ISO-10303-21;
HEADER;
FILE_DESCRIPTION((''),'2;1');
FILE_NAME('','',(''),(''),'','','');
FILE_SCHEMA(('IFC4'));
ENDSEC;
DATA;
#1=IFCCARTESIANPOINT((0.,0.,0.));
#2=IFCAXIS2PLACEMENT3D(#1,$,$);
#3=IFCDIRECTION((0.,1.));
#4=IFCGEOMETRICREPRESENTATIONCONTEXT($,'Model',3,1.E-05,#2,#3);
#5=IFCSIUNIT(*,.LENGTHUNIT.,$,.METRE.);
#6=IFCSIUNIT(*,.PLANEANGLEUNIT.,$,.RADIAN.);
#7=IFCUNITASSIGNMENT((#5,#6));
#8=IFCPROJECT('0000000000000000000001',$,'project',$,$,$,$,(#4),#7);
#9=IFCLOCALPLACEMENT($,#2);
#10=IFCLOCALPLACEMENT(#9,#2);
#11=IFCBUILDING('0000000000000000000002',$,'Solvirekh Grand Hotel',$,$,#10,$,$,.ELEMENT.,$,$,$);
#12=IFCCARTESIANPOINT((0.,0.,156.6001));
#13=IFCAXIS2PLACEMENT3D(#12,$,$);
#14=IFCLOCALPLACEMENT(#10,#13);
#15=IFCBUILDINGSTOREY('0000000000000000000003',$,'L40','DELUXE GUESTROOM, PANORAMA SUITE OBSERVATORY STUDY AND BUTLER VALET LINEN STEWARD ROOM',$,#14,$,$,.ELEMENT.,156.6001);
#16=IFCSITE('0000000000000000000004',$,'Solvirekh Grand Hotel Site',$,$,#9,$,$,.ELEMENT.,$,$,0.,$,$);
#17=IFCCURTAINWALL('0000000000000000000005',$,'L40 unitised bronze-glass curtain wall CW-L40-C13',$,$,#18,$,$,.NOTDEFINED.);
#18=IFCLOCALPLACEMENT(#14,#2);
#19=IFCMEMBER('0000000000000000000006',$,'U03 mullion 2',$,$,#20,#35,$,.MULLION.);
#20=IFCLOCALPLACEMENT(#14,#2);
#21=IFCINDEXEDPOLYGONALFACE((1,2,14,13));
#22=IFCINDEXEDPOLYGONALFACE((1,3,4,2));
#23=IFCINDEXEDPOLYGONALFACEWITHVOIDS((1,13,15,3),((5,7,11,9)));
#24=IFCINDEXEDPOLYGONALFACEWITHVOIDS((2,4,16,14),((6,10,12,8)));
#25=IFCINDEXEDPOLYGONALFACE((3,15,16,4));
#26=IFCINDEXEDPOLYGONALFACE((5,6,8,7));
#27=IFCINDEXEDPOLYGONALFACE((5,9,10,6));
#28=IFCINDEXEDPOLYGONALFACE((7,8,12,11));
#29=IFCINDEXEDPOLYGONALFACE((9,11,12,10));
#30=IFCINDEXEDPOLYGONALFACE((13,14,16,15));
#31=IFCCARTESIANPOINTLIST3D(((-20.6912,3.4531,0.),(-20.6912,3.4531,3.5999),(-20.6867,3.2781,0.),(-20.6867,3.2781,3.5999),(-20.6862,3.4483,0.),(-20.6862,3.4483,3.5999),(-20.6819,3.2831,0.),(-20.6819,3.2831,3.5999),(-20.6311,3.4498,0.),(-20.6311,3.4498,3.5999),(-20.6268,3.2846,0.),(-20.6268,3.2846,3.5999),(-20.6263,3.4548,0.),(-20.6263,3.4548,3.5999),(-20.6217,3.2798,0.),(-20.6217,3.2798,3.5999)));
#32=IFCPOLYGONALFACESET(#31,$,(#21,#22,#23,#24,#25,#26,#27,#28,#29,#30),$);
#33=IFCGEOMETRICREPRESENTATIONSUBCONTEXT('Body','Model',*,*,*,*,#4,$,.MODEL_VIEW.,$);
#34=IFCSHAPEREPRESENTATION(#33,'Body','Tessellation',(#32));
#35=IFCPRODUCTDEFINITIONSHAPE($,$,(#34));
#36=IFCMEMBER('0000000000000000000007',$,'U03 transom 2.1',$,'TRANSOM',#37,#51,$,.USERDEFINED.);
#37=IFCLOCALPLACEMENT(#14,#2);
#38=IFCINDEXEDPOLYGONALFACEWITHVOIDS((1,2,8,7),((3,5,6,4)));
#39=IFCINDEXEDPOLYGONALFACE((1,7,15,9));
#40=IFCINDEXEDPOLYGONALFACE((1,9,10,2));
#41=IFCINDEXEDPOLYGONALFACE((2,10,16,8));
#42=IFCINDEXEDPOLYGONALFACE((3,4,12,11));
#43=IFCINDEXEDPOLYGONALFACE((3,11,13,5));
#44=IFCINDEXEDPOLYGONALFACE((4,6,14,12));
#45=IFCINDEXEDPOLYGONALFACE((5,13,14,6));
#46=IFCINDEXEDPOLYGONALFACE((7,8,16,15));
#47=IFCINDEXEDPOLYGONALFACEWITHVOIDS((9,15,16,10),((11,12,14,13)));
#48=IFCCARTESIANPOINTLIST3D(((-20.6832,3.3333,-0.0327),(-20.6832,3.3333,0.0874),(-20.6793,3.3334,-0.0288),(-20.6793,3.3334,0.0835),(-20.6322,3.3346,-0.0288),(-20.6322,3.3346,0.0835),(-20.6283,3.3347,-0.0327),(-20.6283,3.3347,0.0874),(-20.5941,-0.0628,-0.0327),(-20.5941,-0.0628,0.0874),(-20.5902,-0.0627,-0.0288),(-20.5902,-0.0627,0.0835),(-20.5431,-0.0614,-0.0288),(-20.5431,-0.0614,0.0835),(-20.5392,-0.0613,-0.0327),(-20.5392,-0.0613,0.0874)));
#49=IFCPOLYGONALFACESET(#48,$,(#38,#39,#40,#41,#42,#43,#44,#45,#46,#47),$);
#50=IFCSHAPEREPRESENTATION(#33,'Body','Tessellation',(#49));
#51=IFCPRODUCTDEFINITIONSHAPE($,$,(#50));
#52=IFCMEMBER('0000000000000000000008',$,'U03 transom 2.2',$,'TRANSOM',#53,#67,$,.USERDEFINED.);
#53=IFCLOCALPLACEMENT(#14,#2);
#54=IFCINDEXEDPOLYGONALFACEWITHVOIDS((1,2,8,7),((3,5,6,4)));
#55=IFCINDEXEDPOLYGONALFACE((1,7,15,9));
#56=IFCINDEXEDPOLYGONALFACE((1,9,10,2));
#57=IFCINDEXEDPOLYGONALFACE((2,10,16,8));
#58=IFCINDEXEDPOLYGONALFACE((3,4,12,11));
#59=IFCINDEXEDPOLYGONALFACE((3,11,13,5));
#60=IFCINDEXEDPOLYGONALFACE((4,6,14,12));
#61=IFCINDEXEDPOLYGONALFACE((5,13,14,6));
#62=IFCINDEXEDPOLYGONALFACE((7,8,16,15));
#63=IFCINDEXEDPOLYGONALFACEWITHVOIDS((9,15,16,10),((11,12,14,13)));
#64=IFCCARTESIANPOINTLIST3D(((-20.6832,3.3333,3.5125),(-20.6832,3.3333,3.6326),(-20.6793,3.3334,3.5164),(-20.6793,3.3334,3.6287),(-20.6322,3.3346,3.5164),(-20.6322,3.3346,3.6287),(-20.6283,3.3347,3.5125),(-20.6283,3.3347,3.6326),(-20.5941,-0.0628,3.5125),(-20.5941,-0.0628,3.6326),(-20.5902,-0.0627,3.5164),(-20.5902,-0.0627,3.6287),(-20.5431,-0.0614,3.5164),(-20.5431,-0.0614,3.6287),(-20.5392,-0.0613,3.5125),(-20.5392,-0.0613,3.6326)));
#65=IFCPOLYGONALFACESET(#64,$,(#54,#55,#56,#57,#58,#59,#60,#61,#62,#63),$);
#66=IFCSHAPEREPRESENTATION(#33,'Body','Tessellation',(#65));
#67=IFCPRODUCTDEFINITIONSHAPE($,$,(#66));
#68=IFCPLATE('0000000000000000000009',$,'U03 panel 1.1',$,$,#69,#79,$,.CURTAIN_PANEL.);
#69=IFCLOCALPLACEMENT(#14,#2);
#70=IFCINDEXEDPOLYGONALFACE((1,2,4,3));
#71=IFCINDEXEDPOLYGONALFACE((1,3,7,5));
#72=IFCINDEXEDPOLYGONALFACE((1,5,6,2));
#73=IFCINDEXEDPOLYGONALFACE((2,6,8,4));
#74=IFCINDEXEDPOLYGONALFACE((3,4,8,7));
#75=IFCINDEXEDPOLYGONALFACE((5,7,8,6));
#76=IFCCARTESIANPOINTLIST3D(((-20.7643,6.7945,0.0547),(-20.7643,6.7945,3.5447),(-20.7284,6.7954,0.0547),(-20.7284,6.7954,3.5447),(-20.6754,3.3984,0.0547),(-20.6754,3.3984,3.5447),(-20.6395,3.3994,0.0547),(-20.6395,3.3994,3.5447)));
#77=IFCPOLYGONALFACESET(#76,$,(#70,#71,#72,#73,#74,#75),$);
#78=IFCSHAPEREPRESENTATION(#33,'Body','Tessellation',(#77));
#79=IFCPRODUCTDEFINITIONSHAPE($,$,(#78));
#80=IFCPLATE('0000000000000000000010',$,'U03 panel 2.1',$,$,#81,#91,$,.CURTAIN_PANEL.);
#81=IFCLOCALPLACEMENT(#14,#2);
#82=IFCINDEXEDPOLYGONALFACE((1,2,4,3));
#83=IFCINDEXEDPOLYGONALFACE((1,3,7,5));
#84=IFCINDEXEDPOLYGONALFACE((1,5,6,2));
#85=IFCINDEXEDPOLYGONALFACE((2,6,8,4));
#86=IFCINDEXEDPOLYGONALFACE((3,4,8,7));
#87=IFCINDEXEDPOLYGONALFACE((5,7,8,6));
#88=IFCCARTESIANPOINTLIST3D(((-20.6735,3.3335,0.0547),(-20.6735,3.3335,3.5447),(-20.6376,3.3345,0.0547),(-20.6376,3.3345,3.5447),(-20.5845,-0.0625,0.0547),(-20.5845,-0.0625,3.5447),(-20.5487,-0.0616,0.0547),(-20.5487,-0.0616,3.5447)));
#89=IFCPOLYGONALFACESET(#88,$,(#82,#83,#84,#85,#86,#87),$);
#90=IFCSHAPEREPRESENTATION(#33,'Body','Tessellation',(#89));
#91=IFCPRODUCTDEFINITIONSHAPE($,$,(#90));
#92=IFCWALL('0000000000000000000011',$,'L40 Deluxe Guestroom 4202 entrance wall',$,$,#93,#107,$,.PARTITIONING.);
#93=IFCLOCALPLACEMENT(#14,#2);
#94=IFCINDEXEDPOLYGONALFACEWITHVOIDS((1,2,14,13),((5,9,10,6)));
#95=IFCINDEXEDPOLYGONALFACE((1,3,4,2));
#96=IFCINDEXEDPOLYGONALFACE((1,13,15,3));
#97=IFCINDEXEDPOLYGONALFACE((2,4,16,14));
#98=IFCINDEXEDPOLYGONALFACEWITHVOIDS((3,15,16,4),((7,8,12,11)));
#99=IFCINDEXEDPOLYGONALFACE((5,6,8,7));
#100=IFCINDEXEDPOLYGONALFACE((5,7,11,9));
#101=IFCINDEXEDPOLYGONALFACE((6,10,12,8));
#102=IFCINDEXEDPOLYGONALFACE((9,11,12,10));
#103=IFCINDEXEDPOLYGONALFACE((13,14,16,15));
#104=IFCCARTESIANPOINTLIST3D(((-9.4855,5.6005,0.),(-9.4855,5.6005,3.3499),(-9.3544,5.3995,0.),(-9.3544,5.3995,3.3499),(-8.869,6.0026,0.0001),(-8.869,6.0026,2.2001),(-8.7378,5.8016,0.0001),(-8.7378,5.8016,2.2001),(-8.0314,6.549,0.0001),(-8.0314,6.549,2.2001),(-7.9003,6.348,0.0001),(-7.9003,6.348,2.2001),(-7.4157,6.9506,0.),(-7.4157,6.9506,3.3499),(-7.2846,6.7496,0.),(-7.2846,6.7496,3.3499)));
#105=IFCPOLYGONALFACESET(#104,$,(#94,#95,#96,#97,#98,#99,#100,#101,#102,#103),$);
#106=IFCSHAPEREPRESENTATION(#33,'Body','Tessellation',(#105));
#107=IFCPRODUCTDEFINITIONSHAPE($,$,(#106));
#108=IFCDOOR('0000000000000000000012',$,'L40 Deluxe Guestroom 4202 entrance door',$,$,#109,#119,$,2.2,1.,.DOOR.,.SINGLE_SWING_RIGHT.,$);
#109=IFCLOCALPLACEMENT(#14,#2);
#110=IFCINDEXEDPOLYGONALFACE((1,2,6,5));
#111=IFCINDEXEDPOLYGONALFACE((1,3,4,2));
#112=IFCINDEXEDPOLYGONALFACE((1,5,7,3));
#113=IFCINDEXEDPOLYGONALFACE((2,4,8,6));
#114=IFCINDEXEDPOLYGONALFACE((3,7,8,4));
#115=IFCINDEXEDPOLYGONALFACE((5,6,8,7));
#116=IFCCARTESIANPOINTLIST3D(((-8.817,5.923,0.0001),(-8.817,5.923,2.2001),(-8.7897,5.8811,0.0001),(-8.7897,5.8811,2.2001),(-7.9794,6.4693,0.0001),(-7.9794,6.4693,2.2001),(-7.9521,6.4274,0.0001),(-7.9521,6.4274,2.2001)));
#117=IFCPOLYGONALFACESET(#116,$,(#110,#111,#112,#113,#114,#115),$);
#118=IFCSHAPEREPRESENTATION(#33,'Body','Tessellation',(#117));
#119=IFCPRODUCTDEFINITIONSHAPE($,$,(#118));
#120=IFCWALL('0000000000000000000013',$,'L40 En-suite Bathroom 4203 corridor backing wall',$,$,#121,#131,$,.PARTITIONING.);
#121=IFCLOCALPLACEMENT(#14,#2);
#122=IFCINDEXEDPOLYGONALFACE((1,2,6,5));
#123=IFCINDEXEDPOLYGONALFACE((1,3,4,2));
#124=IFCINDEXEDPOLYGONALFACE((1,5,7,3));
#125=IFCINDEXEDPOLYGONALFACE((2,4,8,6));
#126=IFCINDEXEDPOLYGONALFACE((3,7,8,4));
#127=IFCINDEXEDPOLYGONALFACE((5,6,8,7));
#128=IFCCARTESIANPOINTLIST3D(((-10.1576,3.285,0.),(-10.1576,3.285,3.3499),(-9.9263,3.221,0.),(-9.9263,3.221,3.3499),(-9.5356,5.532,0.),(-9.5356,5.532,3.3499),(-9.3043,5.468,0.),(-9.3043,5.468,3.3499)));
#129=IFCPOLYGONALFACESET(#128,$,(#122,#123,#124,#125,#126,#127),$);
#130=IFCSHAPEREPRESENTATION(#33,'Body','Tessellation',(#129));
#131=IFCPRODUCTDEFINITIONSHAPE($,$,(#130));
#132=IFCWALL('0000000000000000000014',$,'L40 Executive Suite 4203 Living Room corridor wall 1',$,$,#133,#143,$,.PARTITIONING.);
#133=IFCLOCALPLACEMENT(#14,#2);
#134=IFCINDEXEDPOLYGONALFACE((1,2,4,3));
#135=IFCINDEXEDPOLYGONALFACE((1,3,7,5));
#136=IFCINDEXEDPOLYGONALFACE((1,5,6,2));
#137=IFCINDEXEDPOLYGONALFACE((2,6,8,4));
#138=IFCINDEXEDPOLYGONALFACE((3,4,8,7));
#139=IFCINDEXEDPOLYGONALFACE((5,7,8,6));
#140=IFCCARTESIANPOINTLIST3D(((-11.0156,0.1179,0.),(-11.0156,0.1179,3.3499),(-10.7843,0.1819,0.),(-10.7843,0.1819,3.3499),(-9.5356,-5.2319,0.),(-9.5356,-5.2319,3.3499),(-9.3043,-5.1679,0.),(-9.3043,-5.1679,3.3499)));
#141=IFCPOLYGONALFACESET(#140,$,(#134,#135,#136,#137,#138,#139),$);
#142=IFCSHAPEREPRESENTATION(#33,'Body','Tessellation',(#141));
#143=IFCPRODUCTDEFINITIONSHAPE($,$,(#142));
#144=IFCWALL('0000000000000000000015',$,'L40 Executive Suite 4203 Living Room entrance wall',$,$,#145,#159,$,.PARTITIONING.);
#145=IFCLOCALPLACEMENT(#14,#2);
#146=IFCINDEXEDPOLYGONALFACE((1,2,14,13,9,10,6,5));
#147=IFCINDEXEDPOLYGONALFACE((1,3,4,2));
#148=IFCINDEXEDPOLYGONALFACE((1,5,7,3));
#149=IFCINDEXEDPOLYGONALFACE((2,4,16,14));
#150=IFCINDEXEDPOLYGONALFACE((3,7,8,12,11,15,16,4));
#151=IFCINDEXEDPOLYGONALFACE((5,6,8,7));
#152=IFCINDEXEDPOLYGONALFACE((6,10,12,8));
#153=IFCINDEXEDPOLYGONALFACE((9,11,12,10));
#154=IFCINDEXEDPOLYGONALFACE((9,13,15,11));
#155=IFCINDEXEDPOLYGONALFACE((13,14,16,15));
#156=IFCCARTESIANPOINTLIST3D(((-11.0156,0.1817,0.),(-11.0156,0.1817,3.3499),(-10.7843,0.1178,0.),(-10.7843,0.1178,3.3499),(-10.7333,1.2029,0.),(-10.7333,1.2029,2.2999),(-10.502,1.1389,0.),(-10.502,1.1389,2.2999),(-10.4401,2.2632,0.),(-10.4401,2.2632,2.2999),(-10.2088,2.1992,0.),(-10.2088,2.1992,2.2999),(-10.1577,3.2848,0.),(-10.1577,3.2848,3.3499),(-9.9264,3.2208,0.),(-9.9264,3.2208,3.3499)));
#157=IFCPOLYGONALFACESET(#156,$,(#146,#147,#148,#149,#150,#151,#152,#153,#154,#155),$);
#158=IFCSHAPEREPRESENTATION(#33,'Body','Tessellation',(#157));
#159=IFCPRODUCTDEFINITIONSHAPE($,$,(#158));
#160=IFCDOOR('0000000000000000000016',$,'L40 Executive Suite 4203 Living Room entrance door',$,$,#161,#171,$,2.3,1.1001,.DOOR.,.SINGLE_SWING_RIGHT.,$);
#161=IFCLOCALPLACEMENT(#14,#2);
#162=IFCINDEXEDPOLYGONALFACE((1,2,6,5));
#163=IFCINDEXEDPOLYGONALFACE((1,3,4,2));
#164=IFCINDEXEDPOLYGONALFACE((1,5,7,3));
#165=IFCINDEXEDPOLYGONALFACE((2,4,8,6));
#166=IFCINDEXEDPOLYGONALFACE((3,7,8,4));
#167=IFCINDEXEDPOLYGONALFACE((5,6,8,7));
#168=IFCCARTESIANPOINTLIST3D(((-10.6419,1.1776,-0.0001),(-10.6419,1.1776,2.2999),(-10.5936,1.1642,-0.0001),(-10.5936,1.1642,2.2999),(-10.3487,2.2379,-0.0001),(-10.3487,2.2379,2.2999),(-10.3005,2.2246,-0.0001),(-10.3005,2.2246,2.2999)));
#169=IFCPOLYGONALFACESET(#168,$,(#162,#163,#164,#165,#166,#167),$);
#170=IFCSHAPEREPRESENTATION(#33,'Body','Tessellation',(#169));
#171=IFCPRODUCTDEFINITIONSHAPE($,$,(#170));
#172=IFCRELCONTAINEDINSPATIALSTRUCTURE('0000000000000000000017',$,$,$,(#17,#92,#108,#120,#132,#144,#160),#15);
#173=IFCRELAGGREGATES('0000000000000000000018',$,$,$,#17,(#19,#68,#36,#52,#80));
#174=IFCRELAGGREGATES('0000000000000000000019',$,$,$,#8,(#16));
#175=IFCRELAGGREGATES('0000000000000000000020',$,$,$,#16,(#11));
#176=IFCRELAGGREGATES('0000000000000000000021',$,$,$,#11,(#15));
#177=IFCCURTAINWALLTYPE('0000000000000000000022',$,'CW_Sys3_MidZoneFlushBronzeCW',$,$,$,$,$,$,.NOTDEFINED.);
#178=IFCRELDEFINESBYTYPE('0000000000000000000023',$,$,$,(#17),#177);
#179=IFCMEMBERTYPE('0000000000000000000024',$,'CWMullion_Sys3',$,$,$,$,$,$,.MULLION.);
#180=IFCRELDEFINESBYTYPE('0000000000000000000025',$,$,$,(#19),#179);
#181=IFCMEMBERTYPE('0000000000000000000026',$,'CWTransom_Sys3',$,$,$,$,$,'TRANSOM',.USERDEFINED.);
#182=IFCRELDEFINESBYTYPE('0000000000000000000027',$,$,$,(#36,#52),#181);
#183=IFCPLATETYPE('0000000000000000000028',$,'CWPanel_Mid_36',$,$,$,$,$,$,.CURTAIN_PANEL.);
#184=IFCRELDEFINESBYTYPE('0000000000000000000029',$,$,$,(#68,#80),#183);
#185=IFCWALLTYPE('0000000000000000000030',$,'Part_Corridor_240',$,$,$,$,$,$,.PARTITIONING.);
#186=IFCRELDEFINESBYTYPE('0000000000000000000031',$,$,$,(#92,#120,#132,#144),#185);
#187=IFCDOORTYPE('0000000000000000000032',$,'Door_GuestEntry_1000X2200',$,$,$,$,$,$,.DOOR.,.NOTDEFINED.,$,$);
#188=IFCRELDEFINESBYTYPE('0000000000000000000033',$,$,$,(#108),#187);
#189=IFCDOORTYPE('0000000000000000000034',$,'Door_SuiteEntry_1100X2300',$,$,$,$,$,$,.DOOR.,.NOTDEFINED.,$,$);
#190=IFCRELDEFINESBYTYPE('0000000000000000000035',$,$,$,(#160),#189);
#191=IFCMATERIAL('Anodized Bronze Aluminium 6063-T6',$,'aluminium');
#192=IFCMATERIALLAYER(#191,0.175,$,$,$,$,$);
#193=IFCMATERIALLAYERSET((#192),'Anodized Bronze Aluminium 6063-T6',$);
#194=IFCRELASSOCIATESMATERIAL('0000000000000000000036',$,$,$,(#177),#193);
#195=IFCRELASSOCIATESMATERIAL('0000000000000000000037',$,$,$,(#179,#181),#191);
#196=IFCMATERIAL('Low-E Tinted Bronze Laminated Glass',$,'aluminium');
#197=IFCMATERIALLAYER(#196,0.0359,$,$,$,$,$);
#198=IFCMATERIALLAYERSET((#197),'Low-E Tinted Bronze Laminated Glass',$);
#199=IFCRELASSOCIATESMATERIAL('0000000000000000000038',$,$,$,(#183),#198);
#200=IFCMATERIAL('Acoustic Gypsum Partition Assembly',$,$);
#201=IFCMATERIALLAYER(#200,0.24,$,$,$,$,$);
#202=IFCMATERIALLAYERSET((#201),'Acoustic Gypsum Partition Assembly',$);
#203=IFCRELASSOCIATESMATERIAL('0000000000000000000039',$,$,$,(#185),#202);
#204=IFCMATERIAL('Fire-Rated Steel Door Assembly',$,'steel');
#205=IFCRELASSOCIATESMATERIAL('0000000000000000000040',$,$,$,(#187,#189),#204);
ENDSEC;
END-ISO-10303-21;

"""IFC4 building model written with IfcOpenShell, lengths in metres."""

from ifc_helpers import new_model, si_unit, direction, frame, frame_2d, origin, origin_2d, place, context, subcontext, project, spatial, rectangle, hollow_rectangle, extrude, source, transform, mapped, material, layer, layer_set, material_profile, profile_set, type_object, element, fill, aggregate, save


model = new_model("IFC4")

# Units and contexts
model_context = context("Model", 3, precision=1e-05, world=origin(), true_north=direction((0.0, 1.0)))
body_context = subcontext(model_context, "Body", "Model", "MODEL_VIEW")
ifc_project = project(units=[si_unit("LENGTHUNIT", "METRE"), si_unit("PLANEANGLEUNIT", "RADIAN")], contexts=[model_context])

# Site, building, storey
site_placement = place(None, origin())
site = spatial("IfcSite", under=ifc_project, at=site_placement, Name="Solvirekh Grand Hotel Site", CompositionType="ELEMENT", RefElevation=0.0)
building_placement = place(site_placement, origin())
building = spatial("IfcBuilding", under=site, at=building_placement, Name="Solvirekh Grand Hotel", CompositionType="ELEMENT")
storey_placement = place(building_placement, frame((0.0, 0.0, 156.6001)))
storey = spatial("IfcBuildingStorey", under=building, at=storey_placement, Name="L40", Description="DELUXE GUESTROOM, PANORAMA SUITE OBSERVATORY STUDY AND BUTLER VALET LINEN STEWARD ROOM", CompositionType="ELEMENT", Elevation=156.6001)

# Curtain wall, members, plates
ifc_material_1 = material(Name="Anodized Bronze Aluminium 6063-T6", Category="aluminium")
ifc_layer_1 = layer(ifc_material_1, 0.175)
ifc_layer_set_1 = layer_set([ifc_layer_1], Name="Anodized Bronze Aluminium 6063-T6")
curtain_wall_type = type_object("IfcCurtainWallType", Name="CW_Sys3_MidZoneFlushBronzeCW", PredefinedType="NOTDEFINED", material=ifc_layer_set_1)
curtain_wall_placement = place(storey_placement, origin())
curtain_wall = element("IfcCurtainWall", 1, at=curtain_wall_placement, inside=storey, type_object=curtain_wall_type, Name="L40 unitised bronze-glass curtain wall CW-L40-C13", PredefinedType="NOTDEFINED")
ifc_material_profile_1 = material_profile(ifc_material_1, hollow_rectangle(XDim=0.0649, YDim=0.175, WallThickness=0.0049, at=origin_2d()), Name="ALU RHS 175X65X5")
ifc_profile_set_1 = profile_set([ifc_material_profile_1], Name="Anodized Bronze Aluminium 6063-T6")
member_type_1 = type_object("IfcMemberType", Name="CWMullion_Sys3", PredefinedType="MULLION", material=ifc_profile_set_1)
shared_shape_1 = source(origin(), body_context, "Body", "SweptSolid", [
    extrude(hollow_rectangle(XDim=0.0649, YDim=0.175, WallThickness=0.0049, at=origin_2d()), origin(), (0.0, 0.0, 1.0), 3.5999),
])
member_1_placement = place(storey_placement, frame((-20.6565, 3.3665, 0.0), z_axis=(0.0, 0.0, 1.0), x_axis=(0.999657, 0.026183, 0.0)))
member_1 = element("IfcMember", 2, at=member_1_placement, type_object=member_type_1, Name="U03 mullion 2", PredefinedType="MULLION", context=body_context, shape_type="MappedRepresentation", body=[
    mapped(shared_shape_1, transform((0.0, 0.0, 0.0), x_axis=(1.0, 0.0, 0.0), y_axis=(0.0, 1.0, 0.0), z_axis=(0.0, 0.0, 1.0), scale=1.0)),
])
ifc_material_profile_2 = material_profile(ifc_material_1, hollow_rectangle(XDim=0.0549, YDim=0.1201, WallThickness=0.0039, at=origin_2d()), Name="ALU RHS 120X55X4")
ifc_profile_set_2 = profile_set([ifc_material_profile_2], Name="Anodized Bronze Aluminium 6063-T6")
member_type_2 = type_object("IfcMemberType", Name="CWTransom_Sys3", ElementType="TRANSOM", PredefinedType="USERDEFINED", material=ifc_profile_set_2)
shared_shape_2 = source(origin(), body_context, "Body", "SweptSolid", [
    extrude(hollow_rectangle(XDim=0.0549, YDim=0.1201, WallThickness=0.0039, at=origin_2d()), origin(), (0.0, 0.0, 1.0), 3.3972),
])
member_2_placement = place(storey_placement, frame((-20.6558, 3.334, 0.0273), z_axis=(0.026231, -0.999656, 0.0), x_axis=(0.999656, 0.026231, 0.0)))
member_2 = element("IfcMember", 3, at=member_2_placement, type_object=member_type_2, Name="U03 transom 2.1", ObjectType="TRANSOM", PredefinedType="USERDEFINED", context=body_context, shape_type="MappedRepresentation", body=[
    mapped(shared_shape_2, transform((0.0, 0.0, 0.0), x_axis=(1.0, 0.0, 0.0), y_axis=(0.0, 1.0, 0.0), z_axis=(0.0, 0.0, 1.0), scale=1.0)),
])
member_3_placement = place(storey_placement, frame((-20.6558, 3.334, 3.5725), z_axis=(0.026231, -0.999656, 0.0), x_axis=(0.999656, 0.026231, 0.0)))
member_3 = element("IfcMember", 4, at=member_3_placement, type_object=member_type_2, Name="U03 transom 2.2", ObjectType="TRANSOM", PredefinedType="USERDEFINED", context=body_context, shape_type="MappedRepresentation", body=[
    mapped(shared_shape_2, transform((0.0, 0.0, 0.0), x_axis=(1.0, 0.0, 0.0), y_axis=(0.0, 1.0, 0.0), z_axis=(0.0, 0.0, 1.0), scale=1.0)),
])
ifc_material_2 = material(Name="Low-E Tinted Bronze Laminated Glass", Category="aluminium")
ifc_layer_2 = layer(ifc_material_2, 0.0359)
ifc_layer_set_2 = layer_set([ifc_layer_2], Name="Low-E Tinted Bronze Laminated Glass")
plate_type = type_object("IfcPlateType", Name="CWPanel_Mid_36", PredefinedType="CURTAIN_PANEL", material=ifc_layer_set_2)
shared_shape_3 = source(origin(), body_context, "Body", "SweptSolid", [
    extrude(rectangle(XDim=3.3972, YDim=0.0359, at=origin_2d()), origin(), (0.0, 0.0, 1.0), 3.49),
])
plate_1_placement = place(storey_placement, frame((-20.7019, 5.0969, 0.0547), z_axis=(0.0, 0.0, 1.0), x_axis=(0.026183, -0.999657, 0.0)))
plate_1 = element("IfcPlate", 5, at=plate_1_placement, type_object=plate_type, Name="U03 panel 1.1", PredefinedType="CURTAIN_PANEL", context=body_context, shape_type="MappedRepresentation", body=[
    mapped(shared_shape_3, transform((0.0, 0.0, 0.0), x_axis=(1.0, 0.0, 0.0), y_axis=(0.0, 1.0, 0.0), z_axis=(0.0, 0.0, 1.0), scale=1.0)),
])
plate_2_placement = place(storey_placement, frame((-20.6111, 1.636, 0.0547), z_axis=(0.0, 0.0, 1.0), x_axis=(0.026183, -0.999657, 0.0)))
plate_2 = element("IfcPlate", 6, at=plate_2_placement, type_object=plate_type, Name="U03 panel 2.1", PredefinedType="CURTAIN_PANEL", context=body_context, shape_type="MappedRepresentation", body=[
    mapped(shared_shape_3, transform((0.0, 0.0, 0.0), x_axis=(1.0, 0.0, 0.0), y_axis=(0.0, 1.0, 0.0), z_axis=(0.0, 0.0, 1.0), scale=1.0)),
])
aggregate(curtain_wall, [member_1, plate_1, member_2, member_3, plate_2])

# Wall, opening, door
ifc_material_3 = material(Name="Acoustic Gypsum Partition Assembly")
ifc_layer_3 = layer(ifc_material_3, 0.24)
ifc_layer_set_3 = layer_set([ifc_layer_3], Name="Acoustic Gypsum Partition Assembly")
wall_type_1 = type_object("IfcWallType", Name="Part_Corridor_240", PredefinedType="PARTITIONING", material=ifc_layer_set_3)
wall_1_placement = place(storey_placement, frame((-9.4199, 5.5, 0.0), z_axis=(0.0, 0.0, 1.0), x_axis=(0.837571, 0.546328, 0.0)))
wall_1 = element("IfcWall", 7, at=wall_1_placement, inside=storey, type_object=wall_type_1, Name="L40 Deluxe Guestroom 4202 entrance wall", PredefinedType="PARTITIONING", context=body_context, shape_type="SweptSolid", body=[
    extrude(rectangle(XDim=2.4712, YDim=0.24, at=frame_2d((1.2356, 0.0))), origin(), (0.0, 0.0, 1.0), 3.3499),
])
opening_1_placement = place(wall_1_placement, frame((0.7361, 0.0, 0.0)))
opening_1 = element("IfcOpeningElement", 8, at=opening_1_placement, cuts=wall_1, PredefinedType="OPENING", context=body_context, shape_type="SweptSolid", body=[
    extrude(rectangle(XDim=1.0, YDim=2.2, at=frame_2d((0.5, 1.1001))), frame((0.0, 0.1299, 0.0), z_axis=(0.0, -1.0, 0.0), x_axis=(1.0, 0.0, 0.0)), (0.0, 0.0, 1.0), 0.26),
])
ifc_material_4 = material(Name="Fire-Rated Steel Door Assembly", Category="steel")
door_type_1 = type_object("IfcDoorType", Name="Door_GuestEntry_1000X2200", OperationType="NOTDEFINED", PredefinedType="DOOR", material=ifc_material_4)
door_1_placement = place(opening_1_placement, origin())
door_1 = element("IfcDoor", 9, at=door_1_placement, inside=storey, type_object=door_type_1, Name="L40 Deluxe Guestroom 4202 entrance door", OperationType="SINGLE_SWING_RIGHT", OverallHeight=2.2, OverallWidth=1.0, PredefinedType="DOOR", context=body_context, shape_type="SweptSolid", body=[
    extrude(rectangle(XDim=1.0, YDim=2.2, at=frame_2d((0.5, 1.1001))), frame((0.0, 0.0249, 0.0), z_axis=(0.0, -1.0, 0.0), x_axis=(1.0, 0.0, 0.0)), (0.0, 0.0, 1.0), 0.05),
])
fill(opening_1, door_1)

# Walls
wall_2_placement = place(storey_placement, frame((-9.4199, 5.5, 0.0), z_axis=(0.0, 0.0, 1.0), x_axis=(-0.266801, -0.963752, 0.0)))
element("IfcWall", 10, at=wall_2_placement, inside=storey, type_object=wall_type_1, Name="L40 En-suite Bathroom 4203 corridor backing wall", PredefinedType="PARTITIONING", context=body_context, shape_type="SweptSolid", body=[
    extrude(rectangle(XDim=2.3315, YDim=0.24, at=frame_2d((1.1658, 0.0))), origin(), (0.0, 0.0, 1.0), 3.3499),
])
wall_3_placement = place(storey_placement, frame((-10.8999, 0.1499, 0.0), z_axis=(0.0, 0.0, 1.0), x_axis=(0.266625, -0.9638, 0.0)))
element("IfcWall", 11, at=wall_3_placement, inside=storey, type_object=wall_type_1, Name="L40 Executive Suite 4203 Living Room corridor wall 1", PredefinedType="PARTITIONING", context=body_context, shape_type="SweptSolid", body=[
    extrude(rectangle(XDim=5.5508, YDim=0.24, at=frame_2d((2.7754, 0.0))), origin(), (0.0, 0.0, 1.0), 3.3499),
])

# Wall, opening, door
wall_4_placement = place(storey_placement, frame((-10.042, 3.2529, 0.0), z_axis=(0.0, 0.0, 1.0), x_axis=(-0.266478, -0.963841, 0.0)))
wall_4 = element("IfcWall", 12, at=wall_4_placement, inside=storey, type_object=wall_type_1, Name="L40 Executive Suite 4203 Living Room entrance wall", PredefinedType="PARTITIONING", context=body_context, shape_type="SweptSolid", body=[
    extrude(rectangle(XDim=3.2195, YDim=0.24, at=frame_2d((1.6099, 0.0))), origin(), (0.0, 0.0, 1.0), 3.3499),
])
opening_2_placement = place(wall_4_placement, frame((1.0601, 0.0, 0.0)))
opening_2 = element("IfcOpeningElement", 13, at=opening_2_placement, cuts=wall_4, PredefinedType="OPENING", context=body_context, shape_type="SweptSolid", body=[
    extrude(rectangle(XDim=1.1001, YDim=2.3, at=frame_2d((0.55, 1.1499))), frame((0.0, 0.1299, 0.0), z_axis=(0.0, -1.0, 0.0), x_axis=(1.0, 0.0, 0.0)), (0.0, 0.0, 1.0), 0.26),
])
door_type_2 = type_object("IfcDoorType", Name="Door_SuiteEntry_1100X2300", OperationType="NOTDEFINED", PredefinedType="DOOR", material=ifc_material_4)
door_2_placement = place(opening_2_placement, origin())
door_2 = element("IfcDoor", 14, at=door_2_placement, inside=storey, type_object=door_type_2, Name="L40 Executive Suite 4203 Living Room entrance door", OperationType="SINGLE_SWING_RIGHT", OverallHeight=2.3, OverallWidth=1.1001, PredefinedType="DOOR", context=body_context, shape_type="SweptSolid", body=[
    extrude(rectangle(XDim=1.1001, YDim=2.3, at=frame_2d((0.55, 1.1499))), frame((0.0, 0.0249, 0.0), z_axis=(0.0, -1.0, 0.0), x_axis=(1.0, 0.0, 0.0)), (0.0, 0.0, 1.0), 0.05),
])
fill(opening_2, door_2)

save(model, "model.ifc")
